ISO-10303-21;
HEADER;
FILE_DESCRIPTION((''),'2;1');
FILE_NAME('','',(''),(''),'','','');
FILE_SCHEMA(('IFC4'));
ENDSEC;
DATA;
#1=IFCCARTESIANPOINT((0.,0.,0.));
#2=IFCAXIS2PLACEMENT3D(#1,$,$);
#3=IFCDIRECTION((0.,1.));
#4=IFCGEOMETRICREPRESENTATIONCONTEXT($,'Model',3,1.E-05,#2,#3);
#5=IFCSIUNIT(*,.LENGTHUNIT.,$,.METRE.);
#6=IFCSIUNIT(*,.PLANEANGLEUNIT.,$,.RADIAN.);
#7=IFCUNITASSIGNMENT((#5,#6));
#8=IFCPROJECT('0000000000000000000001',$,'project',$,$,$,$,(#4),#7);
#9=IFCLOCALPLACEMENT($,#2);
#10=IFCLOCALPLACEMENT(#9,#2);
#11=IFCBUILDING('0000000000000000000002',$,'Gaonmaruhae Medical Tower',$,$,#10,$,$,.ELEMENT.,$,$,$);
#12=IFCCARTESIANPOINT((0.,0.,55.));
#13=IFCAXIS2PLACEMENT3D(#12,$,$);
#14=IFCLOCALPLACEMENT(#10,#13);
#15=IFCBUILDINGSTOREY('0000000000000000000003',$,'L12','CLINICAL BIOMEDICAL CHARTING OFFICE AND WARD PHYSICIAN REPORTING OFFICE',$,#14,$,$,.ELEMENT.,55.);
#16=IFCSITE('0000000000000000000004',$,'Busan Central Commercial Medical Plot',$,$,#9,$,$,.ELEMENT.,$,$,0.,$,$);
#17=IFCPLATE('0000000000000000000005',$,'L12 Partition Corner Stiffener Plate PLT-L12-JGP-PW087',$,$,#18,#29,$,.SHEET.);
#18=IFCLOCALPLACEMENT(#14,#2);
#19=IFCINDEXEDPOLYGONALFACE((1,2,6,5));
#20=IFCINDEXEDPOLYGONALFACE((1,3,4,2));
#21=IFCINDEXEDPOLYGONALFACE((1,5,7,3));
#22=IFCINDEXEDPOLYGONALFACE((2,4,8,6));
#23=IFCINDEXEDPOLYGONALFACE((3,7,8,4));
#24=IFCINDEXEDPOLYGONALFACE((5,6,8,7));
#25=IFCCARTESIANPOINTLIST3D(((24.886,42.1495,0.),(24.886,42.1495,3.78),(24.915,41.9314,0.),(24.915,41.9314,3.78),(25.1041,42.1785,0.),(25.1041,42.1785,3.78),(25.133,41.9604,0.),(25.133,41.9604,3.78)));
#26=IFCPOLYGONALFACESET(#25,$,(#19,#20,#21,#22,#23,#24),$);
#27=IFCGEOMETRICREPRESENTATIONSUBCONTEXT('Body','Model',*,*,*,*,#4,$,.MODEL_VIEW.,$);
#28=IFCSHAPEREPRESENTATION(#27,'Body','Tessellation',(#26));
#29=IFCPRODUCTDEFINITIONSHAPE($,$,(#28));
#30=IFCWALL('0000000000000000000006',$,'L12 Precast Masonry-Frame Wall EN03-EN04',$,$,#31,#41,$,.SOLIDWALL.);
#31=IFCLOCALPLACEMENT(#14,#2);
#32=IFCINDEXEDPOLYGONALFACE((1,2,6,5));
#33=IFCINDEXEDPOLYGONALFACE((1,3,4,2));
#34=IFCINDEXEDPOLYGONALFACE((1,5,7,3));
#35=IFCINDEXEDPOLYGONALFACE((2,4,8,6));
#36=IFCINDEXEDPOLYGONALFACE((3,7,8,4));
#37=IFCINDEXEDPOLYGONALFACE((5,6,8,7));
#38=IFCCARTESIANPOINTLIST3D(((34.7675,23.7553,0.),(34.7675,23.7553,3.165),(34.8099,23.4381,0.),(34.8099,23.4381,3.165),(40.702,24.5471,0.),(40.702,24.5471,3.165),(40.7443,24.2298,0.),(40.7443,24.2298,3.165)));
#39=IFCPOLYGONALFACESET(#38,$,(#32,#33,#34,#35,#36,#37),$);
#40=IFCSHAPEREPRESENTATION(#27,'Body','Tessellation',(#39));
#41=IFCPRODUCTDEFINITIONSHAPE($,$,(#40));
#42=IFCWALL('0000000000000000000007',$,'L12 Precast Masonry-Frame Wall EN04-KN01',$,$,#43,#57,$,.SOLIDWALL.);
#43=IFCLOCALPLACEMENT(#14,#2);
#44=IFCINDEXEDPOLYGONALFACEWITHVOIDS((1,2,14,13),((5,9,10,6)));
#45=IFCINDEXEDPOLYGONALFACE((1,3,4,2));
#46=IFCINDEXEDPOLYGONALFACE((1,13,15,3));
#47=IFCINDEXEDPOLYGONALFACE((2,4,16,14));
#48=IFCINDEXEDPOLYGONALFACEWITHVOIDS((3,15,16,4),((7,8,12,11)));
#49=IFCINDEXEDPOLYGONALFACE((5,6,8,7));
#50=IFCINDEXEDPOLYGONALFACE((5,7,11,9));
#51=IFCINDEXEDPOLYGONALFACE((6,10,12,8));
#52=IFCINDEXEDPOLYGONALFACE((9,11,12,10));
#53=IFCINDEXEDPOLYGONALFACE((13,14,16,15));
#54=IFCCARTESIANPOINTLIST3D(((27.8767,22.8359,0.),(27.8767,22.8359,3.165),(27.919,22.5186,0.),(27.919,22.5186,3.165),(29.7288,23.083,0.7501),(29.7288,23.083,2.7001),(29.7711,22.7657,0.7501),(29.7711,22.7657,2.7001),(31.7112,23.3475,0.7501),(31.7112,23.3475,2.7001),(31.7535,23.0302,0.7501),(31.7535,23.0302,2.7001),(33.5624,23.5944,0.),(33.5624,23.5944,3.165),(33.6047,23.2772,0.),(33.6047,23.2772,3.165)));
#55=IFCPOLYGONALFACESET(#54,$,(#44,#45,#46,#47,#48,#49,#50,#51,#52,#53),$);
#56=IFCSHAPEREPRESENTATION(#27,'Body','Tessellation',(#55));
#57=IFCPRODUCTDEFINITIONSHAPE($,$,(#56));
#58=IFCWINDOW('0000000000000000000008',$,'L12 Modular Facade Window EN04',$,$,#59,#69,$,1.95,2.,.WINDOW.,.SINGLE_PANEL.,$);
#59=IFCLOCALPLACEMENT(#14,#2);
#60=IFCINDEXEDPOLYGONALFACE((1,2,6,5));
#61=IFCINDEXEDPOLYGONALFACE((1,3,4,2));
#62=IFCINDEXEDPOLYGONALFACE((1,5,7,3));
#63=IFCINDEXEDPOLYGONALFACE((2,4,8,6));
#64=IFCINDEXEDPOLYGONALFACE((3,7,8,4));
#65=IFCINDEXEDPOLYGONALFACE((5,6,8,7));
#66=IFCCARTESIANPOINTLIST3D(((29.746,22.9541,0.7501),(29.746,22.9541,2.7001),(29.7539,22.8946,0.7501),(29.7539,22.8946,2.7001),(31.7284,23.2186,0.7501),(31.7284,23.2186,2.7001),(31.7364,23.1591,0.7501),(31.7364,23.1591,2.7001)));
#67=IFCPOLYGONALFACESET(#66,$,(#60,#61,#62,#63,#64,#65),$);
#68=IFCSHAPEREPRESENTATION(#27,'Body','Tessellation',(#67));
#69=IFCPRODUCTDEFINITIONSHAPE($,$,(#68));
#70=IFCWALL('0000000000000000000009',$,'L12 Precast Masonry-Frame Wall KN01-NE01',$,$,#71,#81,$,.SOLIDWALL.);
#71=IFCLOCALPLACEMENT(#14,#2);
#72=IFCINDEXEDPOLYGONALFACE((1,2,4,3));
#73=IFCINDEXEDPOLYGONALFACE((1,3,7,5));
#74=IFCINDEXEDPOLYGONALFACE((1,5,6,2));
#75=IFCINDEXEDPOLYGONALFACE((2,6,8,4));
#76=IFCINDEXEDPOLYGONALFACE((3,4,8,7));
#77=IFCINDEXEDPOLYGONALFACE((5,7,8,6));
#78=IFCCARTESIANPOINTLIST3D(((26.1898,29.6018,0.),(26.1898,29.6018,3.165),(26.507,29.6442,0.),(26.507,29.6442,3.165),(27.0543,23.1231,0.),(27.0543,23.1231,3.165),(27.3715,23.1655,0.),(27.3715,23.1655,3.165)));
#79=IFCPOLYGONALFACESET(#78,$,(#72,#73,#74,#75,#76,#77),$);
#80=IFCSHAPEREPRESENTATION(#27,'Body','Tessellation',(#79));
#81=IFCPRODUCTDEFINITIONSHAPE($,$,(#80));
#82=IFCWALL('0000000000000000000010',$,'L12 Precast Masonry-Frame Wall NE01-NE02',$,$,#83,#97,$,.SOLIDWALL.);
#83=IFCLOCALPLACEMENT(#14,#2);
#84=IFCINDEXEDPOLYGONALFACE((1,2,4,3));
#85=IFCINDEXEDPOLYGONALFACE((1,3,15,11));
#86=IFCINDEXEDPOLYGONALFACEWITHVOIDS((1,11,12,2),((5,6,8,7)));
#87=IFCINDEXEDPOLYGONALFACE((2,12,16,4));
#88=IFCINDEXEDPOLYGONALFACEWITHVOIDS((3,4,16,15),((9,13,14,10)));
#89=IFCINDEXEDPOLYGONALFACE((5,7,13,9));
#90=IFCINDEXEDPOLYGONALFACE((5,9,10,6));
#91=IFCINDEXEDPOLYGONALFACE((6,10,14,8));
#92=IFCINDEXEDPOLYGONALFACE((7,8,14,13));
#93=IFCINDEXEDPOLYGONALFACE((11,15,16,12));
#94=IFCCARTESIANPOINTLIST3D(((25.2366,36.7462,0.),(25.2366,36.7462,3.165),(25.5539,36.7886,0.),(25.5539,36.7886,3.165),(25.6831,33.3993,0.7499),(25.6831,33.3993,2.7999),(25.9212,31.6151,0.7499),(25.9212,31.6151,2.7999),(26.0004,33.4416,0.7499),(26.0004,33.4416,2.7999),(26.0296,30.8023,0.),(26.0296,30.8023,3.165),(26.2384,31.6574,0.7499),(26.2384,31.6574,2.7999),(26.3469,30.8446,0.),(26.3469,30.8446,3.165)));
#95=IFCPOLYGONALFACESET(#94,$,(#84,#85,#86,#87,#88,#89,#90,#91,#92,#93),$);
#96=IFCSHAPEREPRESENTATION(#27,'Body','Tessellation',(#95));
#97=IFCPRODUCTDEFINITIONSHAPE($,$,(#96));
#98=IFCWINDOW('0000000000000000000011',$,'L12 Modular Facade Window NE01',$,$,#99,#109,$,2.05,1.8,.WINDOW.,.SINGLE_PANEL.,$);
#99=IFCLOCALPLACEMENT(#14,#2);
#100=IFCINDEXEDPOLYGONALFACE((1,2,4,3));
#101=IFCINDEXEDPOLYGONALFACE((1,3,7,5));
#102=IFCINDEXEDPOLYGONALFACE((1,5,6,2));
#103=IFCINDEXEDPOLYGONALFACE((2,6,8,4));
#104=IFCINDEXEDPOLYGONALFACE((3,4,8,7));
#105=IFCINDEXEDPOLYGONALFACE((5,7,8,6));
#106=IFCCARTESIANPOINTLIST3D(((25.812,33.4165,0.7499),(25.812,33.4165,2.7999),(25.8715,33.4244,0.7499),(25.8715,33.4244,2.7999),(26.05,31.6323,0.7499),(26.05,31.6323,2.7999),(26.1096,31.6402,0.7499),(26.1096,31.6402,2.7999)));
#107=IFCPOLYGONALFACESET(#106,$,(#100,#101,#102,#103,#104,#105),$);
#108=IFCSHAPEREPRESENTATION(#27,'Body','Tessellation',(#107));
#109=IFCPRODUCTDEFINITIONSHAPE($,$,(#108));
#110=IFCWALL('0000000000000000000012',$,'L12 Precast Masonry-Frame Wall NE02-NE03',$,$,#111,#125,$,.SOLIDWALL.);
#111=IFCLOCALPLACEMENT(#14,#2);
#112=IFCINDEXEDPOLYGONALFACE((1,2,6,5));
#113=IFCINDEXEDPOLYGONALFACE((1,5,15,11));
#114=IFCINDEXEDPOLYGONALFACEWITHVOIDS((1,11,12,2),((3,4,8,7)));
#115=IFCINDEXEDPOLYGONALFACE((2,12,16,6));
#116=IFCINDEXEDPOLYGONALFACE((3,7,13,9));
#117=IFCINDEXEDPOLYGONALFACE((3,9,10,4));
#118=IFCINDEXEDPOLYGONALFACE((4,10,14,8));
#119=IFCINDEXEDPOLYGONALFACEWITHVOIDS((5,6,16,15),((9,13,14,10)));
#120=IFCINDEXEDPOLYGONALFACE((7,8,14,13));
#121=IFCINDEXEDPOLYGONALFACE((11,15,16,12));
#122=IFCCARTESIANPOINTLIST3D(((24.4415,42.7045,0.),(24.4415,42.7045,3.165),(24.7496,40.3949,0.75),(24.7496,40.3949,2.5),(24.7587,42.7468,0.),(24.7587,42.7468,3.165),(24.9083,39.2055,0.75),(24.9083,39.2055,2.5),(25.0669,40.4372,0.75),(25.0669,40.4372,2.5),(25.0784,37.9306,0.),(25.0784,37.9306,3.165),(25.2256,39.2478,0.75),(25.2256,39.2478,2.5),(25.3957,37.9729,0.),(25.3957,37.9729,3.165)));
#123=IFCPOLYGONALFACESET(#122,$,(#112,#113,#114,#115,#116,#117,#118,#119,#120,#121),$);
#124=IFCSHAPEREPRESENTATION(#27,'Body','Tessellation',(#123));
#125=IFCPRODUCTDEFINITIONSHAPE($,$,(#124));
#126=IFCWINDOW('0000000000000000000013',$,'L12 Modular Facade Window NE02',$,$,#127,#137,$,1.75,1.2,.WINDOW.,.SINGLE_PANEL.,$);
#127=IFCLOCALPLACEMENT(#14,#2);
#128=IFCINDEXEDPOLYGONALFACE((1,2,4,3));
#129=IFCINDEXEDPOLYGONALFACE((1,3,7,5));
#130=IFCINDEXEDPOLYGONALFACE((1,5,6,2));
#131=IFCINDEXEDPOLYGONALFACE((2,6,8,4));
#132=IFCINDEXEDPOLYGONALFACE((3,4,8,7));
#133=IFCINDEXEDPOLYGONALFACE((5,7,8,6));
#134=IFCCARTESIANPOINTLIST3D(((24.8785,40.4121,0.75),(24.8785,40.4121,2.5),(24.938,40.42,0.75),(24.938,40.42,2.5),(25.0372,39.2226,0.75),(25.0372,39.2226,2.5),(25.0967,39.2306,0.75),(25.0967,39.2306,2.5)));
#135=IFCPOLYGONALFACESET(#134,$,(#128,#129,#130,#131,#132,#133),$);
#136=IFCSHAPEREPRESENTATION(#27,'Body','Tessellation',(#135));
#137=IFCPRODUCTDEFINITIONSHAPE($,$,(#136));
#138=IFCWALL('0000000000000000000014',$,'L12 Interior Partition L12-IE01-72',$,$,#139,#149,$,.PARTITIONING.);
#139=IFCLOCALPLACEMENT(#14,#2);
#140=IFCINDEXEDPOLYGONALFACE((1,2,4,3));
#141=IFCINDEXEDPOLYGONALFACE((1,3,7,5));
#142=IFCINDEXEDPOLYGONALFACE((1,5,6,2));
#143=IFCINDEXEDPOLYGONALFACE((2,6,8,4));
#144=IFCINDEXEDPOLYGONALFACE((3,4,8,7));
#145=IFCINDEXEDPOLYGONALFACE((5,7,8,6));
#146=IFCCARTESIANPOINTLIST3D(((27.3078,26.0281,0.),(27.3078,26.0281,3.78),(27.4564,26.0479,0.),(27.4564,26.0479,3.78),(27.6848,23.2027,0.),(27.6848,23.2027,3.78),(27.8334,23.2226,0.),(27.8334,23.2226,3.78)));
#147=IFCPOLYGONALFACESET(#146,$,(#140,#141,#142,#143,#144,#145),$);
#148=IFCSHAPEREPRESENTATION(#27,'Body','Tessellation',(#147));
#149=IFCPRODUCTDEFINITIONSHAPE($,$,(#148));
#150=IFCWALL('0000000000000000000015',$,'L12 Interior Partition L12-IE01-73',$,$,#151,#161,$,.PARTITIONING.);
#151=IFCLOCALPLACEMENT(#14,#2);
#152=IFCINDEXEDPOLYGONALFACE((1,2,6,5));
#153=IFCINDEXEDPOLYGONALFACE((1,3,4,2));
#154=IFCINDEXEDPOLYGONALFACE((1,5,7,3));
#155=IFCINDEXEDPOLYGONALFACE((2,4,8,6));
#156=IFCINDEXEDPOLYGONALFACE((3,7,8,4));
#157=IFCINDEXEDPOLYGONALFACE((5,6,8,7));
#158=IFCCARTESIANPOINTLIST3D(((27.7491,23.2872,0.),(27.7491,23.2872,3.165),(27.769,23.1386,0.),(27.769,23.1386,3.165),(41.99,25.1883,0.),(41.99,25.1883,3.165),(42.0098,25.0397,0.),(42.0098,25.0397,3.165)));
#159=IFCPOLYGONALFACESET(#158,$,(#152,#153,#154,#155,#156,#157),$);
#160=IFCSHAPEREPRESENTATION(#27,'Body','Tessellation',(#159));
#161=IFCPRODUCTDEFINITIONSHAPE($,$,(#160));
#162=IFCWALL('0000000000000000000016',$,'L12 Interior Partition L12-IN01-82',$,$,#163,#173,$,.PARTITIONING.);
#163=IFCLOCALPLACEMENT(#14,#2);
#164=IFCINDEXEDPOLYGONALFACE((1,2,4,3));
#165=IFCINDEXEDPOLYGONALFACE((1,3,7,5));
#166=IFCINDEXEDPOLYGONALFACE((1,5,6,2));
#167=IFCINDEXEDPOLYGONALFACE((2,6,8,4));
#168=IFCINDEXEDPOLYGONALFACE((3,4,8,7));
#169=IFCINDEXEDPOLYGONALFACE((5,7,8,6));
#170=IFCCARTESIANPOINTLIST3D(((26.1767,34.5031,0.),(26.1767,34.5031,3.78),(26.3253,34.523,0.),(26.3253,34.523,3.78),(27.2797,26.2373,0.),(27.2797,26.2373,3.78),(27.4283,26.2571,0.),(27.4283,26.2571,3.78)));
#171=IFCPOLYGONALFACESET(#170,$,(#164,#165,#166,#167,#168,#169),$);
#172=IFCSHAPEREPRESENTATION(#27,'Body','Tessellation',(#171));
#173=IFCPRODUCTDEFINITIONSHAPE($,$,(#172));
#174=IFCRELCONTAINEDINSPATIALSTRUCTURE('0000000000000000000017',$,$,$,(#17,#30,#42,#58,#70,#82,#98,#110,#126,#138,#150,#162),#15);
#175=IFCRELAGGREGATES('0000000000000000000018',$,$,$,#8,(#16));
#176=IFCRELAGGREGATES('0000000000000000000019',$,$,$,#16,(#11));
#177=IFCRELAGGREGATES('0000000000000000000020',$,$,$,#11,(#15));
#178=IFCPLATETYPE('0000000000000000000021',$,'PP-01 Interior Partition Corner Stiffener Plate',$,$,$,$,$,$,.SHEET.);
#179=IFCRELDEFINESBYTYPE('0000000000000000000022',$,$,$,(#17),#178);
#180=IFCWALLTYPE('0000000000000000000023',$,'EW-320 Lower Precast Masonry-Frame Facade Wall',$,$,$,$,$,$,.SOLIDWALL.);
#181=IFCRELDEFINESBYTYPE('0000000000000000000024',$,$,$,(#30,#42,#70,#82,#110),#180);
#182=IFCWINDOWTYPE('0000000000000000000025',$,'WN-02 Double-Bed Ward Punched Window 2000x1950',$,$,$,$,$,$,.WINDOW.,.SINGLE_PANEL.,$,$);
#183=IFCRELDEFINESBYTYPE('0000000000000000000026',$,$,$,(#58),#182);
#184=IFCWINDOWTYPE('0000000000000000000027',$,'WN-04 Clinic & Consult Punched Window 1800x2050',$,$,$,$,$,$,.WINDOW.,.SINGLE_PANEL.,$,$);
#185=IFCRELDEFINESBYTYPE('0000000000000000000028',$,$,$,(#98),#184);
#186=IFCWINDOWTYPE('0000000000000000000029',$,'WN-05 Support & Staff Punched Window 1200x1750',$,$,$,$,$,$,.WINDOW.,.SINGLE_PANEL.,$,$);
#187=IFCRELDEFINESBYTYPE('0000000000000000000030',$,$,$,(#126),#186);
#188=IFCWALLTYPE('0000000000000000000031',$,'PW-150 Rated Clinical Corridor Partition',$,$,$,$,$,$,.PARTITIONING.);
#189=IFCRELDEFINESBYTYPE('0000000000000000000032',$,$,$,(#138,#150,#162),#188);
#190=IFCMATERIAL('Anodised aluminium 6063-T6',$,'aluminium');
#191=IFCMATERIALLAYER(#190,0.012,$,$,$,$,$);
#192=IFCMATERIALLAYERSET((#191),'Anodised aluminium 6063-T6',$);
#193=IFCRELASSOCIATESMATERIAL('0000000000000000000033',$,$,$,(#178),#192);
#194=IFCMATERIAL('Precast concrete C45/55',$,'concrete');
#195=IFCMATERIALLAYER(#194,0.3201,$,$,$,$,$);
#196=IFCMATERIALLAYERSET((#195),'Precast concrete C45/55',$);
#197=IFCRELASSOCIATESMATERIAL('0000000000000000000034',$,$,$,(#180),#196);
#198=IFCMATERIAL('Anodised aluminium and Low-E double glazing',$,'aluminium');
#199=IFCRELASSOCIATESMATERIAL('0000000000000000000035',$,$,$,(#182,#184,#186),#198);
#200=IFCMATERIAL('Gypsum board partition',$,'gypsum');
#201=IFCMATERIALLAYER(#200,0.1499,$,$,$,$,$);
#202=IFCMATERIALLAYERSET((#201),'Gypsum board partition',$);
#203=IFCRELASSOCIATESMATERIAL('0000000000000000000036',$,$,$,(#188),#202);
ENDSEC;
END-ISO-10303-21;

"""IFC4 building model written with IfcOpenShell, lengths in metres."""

from ifc_helpers import new_model, si_unit, direction, frame, frame_2d, origin, origin_2d, place, context, subcontext, project, spatial, rectangle, extrude, material, layer, layer_set, type_object, element, fill, save


model = new_model("IFC4")

# Units and contexts
model_context = context("Model", 3, precision=1e-05, world=origin(), true_north=direction((0.0, 1.0)))
body_context = subcontext(model_context, "Body", "Model", "MODEL_VIEW")
ifc_project = project(units=[si_unit("LENGTHUNIT", "METRE"), si_unit("PLANEANGLEUNIT", "RADIAN")], contexts=[model_context])

# Site, building, storey
site_placement = place(None, origin())
site = spatial("IfcSite", under=ifc_project, at=site_placement, Name="Busan Central Commercial Medical Plot", CompositionType="ELEMENT", RefElevation=0.0)
building_placement = place(site_placement, origin())
building = spatial("IfcBuilding", under=site, at=building_placement, Name="Gaonmaruhae Medical Tower", CompositionType="ELEMENT")
storey_placement = place(building_placement, frame((0.0, 0.0, 55.0)))
storey = spatial("IfcBuildingStorey", under=building, at=storey_placement, Name="L12", Description="CLINICAL BIOMEDICAL CHARTING OFFICE AND WARD PHYSICIAN REPORTING OFFICE", CompositionType="ELEMENT", Elevation=55.0)

# Plate
ifc_material_1 = material(Name="Anodised aluminium 6063-T6", Category="aluminium")
ifc_layer_1 = layer(ifc_material_1, 0.012)
ifc_layer_set_1 = layer_set([ifc_layer_1], Name="Anodised aluminium 6063-T6")
plate_type = type_object("IfcPlateType", Name="PP-01 Interior Partition Corner Stiffener Plate", PredefinedType="SHEET", material=ifc_layer_set_1)
plate_placement = place(storey_placement, frame((25.0095, 42.0549, 0.0), z_axis=(0.0, 0.0, 1.0), x_axis=(-0.991275, -0.131807, 0.0)))
element("IfcPlate", 1, at=plate_placement, inside=storey, type_object=plate_type, Name="L12 Partition Corner Stiffener Plate PLT-L12-JGP-PW087", PredefinedType="SHEET", context=body_context, shape_type="SweptSolid", body=[
    extrude(rectangle(XDim=0.22, YDim=0.22, at=origin_2d()), origin(), (0.0, 0.0, 1.0), 3.78),
])

# Wall
ifc_material_2 = material(Name="Precast concrete C45/55", Category="concrete")
ifc_layer_2 = layer(ifc_material_2, 0.3201)
ifc_layer_set_2 = layer_set([ifc_layer_2], Name="Precast concrete C45/55")
wall_type_1 = type_object("IfcWallType", Name="EW-320 Lower Precast Masonry-Frame Facade Wall", PredefinedType="SOLIDWALL", material=ifc_layer_set_2)
wall_1_placement = place(storey_placement, frame((34.7886, 23.5967, 0.0), z_axis=(0.0, 0.0, 1.0), x_axis=(0.991218, 0.132241, 0.0)))
element("IfcWall", 2, at=wall_1_placement, inside=storey, type_object=wall_type_1, Name="L12 Precast Masonry-Frame Wall EN03-EN04", PredefinedType="SOLIDWALL", context=body_context, shape_type="SweptSolid", body=[
    extrude(rectangle(XDim=5.9871, YDim=0.3201, at=frame_2d((2.9937, 0.0))), origin(), (0.0, 0.0, 1.0), 3.165),
])

# Wall, opening, window
wall_2_placement = place(storey_placement, frame((27.8977, 22.6772, 0.0), z_axis=(0.0, 0.0, 1.0), x_axis=(0.991218, 0.132239, 0.0)))
wall_2 = element("IfcWall", 3, at=wall_2_placement, inside=storey, type_object=wall_type_1, Name="L12 Precast Masonry-Frame Wall EN04-KN01", PredefinedType="SOLIDWALL", context=body_context, shape_type="SweptSolid", body=[
    extrude(rectangle(XDim=5.7361, YDim=0.3201, at=frame_2d((2.8682, 0.0))), origin(), (0.0, 0.0, 1.0), 3.165),
])
opening_1_placement = place(wall_2_placement, frame((1.8687, 0.0, 0.75)))
opening_1 = element("IfcOpeningElement", 4, at=opening_1_placement, cuts=wall_2, PredefinedType="OPENING", context=body_context, shape_type="SweptSolid", body=[
    extrude(rectangle(XDim=2.0, YDim=1.95, at=frame_2d((1.0, 0.9751))), frame((0.0, 0.1699, 0.0), z_axis=(0.0, -1.0, 0.0), x_axis=(1.0, 0.0, 0.0)), (0.0, 0.0, 1.0), 0.3401),
])
ifc_material_3 = material(Name="Anodised aluminium and Low-E double glazing", Category="aluminium")
window_type_1 = type_object("IfcWindowType", Name="WN-02 Double-Bed Ward Punched Window 2000x1950", PartitioningType="SINGLE_PANEL", PredefinedType="WINDOW", material=ifc_material_3)
window_1_placement = place(opening_1_placement, origin())
window_1 = element("IfcWindow", 5, at=window_1_placement, inside=storey, type_object=window_type_1, Name="L12 Modular Facade Window EN04", OverallHeight=1.95, OverallWidth=2.0, PartitioningType="SINGLE_PANEL", PredefinedType="WINDOW", context=body_context, shape_type="SweptSolid", body=[
    extrude(rectangle(XDim=2.0, YDim=1.95, at=frame_2d((1.0, 0.9751))), frame((0.0, 0.03, 0.0), z_axis=(0.0, -1.0, 0.0), x_axis=(1.0, 0.0, 0.0)), (0.0, 0.0, 1.0), 0.0601),
])
fill(opening_1, window_1)

# Wall
wall_3_placement = place(storey_placement, frame((27.2129, 23.1443, 0.0), z_axis=(0.0, 0.0, 1.0), x_axis=(-0.132264, 0.991215, 0.0)))
element("IfcWall", 6, at=wall_3_placement, inside=storey, type_object=wall_type_1, Name="L12 Precast Masonry-Frame Wall KN01-NE01", PredefinedType="SOLIDWALL", context=body_context, shape_type="SweptSolid", body=[
    extrude(rectangle(XDim=6.5361, YDim=0.3201, at=frame_2d((3.2681, 0.0))), origin(), (0.0, 0.0, 1.0), 3.165),
])

# Walls, openings, windows
wall_4_placement = place(storey_placement, frame((26.1882, 30.8235, 0.0), z_axis=(0.0, 0.0, 1.0), x_axis=(-0.132238, 0.991218, 0.0)))
wall_4 = element("IfcWall", 7, at=wall_4_placement, inside=storey, type_object=wall_type_1, Name="L12 Precast Masonry-Frame Wall NE01-NE02", PredefinedType="SOLIDWALL", context=body_context, shape_type="SweptSolid", body=[
    extrude(rectangle(XDim=5.9966, YDim=0.3201, at=frame_2d((2.9983, 0.0))), origin(), (0.0, 0.0, 1.0), 3.165),
])
opening_2_placement = place(wall_4_placement, frame((0.8201, 0.0, 0.75)))
opening_2 = element("IfcOpeningElement", 8, at=opening_2_placement, cuts=wall_4, PredefinedType="OPENING", context=body_context, shape_type="SweptSolid", body=[
    extrude(rectangle(XDim=1.8, YDim=2.05, at=frame_2d((0.8999, 1.0249))), frame((0.0, 0.1699, 0.0), z_axis=(0.0, -1.0, 0.0), x_axis=(1.0, 0.0, 0.0)), (0.0, 0.0, 1.0), 0.3401),
])
window_type_2 = type_object("IfcWindowType", Name="WN-04 Clinic & Consult Punched Window 1800x2050", PartitioningType="SINGLE_PANEL", PredefinedType="WINDOW", material=ifc_material_3)
window_2_placement = place(opening_2_placement, origin())
window_2 = element("IfcWindow", 9, at=window_2_placement, inside=storey, type_object=window_type_2, Name="L12 Modular Facade Window NE01", OverallHeight=2.05, OverallWidth=1.8, PartitioningType="SINGLE_PANEL", PredefinedType="WINDOW", context=body_context, shape_type="SweptSolid", body=[
    extrude(rectangle(XDim=1.8, YDim=2.05, at=frame_2d((0.8999, 1.0249))), frame((0.0, 0.03, 0.0), z_axis=(0.0, -1.0, 0.0), x_axis=(1.0, 0.0, 0.0)), (0.0, 0.0, 1.0), 0.0601),
])
fill(opening_2, window_2)
wall_5_placement = place(storey_placement, frame((25.2371, 37.9517, 0.0), z_axis=(0.0, 0.0, 1.0), x_axis=(-0.132253, 0.991216, 0.0)))
wall_5 = element("IfcWall", 10, at=wall_5_placement, inside=storey, type_object=wall_type_1, Name="L12 Precast Masonry-Frame Wall NE02-NE03", PredefinedType="SOLIDWALL", context=body_context, shape_type="SweptSolid", body=[
    extrude(rectangle(XDim=4.8162, YDim=0.3201, at=frame_2d((2.4082, 0.0))), origin(), (0.0, 0.0, 1.0), 3.165),
])
opening_3_placement = place(wall_5_placement, frame((1.2861, 0.0, 0.75)))
opening_3 = element("IfcOpeningElement", 11, at=opening_3_placement, cuts=wall_5, PredefinedType="OPENING", context=body_context, shape_type="SweptSolid", body=[
    extrude(rectangle(XDim=1.2, YDim=1.75, at=frame_2d((0.6001, 0.875))), frame((0.0, 0.1699, 0.0), z_axis=(0.0, -1.0, 0.0), x_axis=(1.0, 0.0, 0.0)), (0.0, 0.0, 1.0), 0.3401),
])
window_type_3 = type_object("IfcWindowType", Name="WN-05 Support & Staff Punched Window 1200x1750", PartitioningType="SINGLE_PANEL", PredefinedType="WINDOW", material=ifc_material_3)
window_3_placement = place(opening_3_placement, origin())
window_3 = element("IfcWindow", 12, at=window_3_placement, inside=storey, type_object=window_type_3, Name="L12 Modular Facade Window NE02", OverallHeight=1.75, OverallWidth=1.2, PartitioningType="SINGLE_PANEL", PredefinedType="WINDOW", context=body_context, shape_type="SweptSolid", body=[
    extrude(rectangle(XDim=1.2, YDim=1.75, at=frame_2d((0.6001, 0.875))), frame((0.0, 0.03, 0.0), z_axis=(0.0, -1.0, 0.0), x_axis=(1.0, 0.0, 0.0)), (0.0, 0.0, 1.0), 0.0601),
])
fill(opening_3, window_3)

# Walls
ifc_material_4 = material(Name="Gypsum board partition", Category="gypsum")
ifc_layer_3 = layer(ifc_material_4, 0.1499)
ifc_layer_set_3 = layer_set([ifc_layer_3], Name="Gypsum board partition")
wall_type_2 = type_object("IfcWallType", Name="PW-150 Rated Clinical Corridor Partition", PredefinedType="PARTITIONING", material=ifc_layer_set_3)
wall_6_placement = place(storey_placement, frame((27.3821, 26.0381, 0.0), z_axis=(0.0, 0.0, 1.0), x_axis=(0.132253, -0.991216, 0.0)))
element("IfcWall", 13, at=wall_6_placement, inside=storey, type_object=wall_type_2, Name="L12 Interior Partition L12-IE01-72", PredefinedType="PARTITIONING", context=body_context, shape_type="SweptSolid", body=[
    extrude(rectangle(XDim=2.8503, YDim=0.1499, at=frame_2d((1.4253, 0.0))), origin(), (0.0, 0.0, 1.0), 3.78),
])
wall_7_placement = place(storey_placement, frame((27.759, 23.2129, 0.0), z_axis=(0.0, 0.0, 1.0), x_axis=(0.991207, 0.132323, 0.0)))
element("IfcWall", 14, at=wall_7_placement, inside=storey, type_object=wall_type_2, Name="L12 Interior Partition L12-IE01-73", PredefinedType="PARTITIONING", context=body_context, shape_type="SweptSolid", body=[
    extrude(rectangle(XDim=14.3672, YDim=0.1499, at=frame_2d((7.1836, 0.0))), origin(), (0.0, 0.0, 1.0), 3.165),
])
wall_8_placement = place(storey_placement, frame((26.251, 34.5129, 0.0), z_axis=(0.0, 0.0, 1.0), x_axis=(0.132271, -0.991214, 0.0)))
element("IfcWall", 15, at=wall_8_placement, inside=storey, type_object=wall_type_2, Name="L12 Interior Partition L12-IN01-82", PredefinedType="PARTITIONING", context=body_context, shape_type="SweptSolid", body=[
    extrude(rectangle(XDim=8.3391, YDim=0.1499, at=frame_2d((4.1694, 0.0))), origin(), (0.0, 0.0, 1.0), 3.78),
])

save(model, "model.ifc")
